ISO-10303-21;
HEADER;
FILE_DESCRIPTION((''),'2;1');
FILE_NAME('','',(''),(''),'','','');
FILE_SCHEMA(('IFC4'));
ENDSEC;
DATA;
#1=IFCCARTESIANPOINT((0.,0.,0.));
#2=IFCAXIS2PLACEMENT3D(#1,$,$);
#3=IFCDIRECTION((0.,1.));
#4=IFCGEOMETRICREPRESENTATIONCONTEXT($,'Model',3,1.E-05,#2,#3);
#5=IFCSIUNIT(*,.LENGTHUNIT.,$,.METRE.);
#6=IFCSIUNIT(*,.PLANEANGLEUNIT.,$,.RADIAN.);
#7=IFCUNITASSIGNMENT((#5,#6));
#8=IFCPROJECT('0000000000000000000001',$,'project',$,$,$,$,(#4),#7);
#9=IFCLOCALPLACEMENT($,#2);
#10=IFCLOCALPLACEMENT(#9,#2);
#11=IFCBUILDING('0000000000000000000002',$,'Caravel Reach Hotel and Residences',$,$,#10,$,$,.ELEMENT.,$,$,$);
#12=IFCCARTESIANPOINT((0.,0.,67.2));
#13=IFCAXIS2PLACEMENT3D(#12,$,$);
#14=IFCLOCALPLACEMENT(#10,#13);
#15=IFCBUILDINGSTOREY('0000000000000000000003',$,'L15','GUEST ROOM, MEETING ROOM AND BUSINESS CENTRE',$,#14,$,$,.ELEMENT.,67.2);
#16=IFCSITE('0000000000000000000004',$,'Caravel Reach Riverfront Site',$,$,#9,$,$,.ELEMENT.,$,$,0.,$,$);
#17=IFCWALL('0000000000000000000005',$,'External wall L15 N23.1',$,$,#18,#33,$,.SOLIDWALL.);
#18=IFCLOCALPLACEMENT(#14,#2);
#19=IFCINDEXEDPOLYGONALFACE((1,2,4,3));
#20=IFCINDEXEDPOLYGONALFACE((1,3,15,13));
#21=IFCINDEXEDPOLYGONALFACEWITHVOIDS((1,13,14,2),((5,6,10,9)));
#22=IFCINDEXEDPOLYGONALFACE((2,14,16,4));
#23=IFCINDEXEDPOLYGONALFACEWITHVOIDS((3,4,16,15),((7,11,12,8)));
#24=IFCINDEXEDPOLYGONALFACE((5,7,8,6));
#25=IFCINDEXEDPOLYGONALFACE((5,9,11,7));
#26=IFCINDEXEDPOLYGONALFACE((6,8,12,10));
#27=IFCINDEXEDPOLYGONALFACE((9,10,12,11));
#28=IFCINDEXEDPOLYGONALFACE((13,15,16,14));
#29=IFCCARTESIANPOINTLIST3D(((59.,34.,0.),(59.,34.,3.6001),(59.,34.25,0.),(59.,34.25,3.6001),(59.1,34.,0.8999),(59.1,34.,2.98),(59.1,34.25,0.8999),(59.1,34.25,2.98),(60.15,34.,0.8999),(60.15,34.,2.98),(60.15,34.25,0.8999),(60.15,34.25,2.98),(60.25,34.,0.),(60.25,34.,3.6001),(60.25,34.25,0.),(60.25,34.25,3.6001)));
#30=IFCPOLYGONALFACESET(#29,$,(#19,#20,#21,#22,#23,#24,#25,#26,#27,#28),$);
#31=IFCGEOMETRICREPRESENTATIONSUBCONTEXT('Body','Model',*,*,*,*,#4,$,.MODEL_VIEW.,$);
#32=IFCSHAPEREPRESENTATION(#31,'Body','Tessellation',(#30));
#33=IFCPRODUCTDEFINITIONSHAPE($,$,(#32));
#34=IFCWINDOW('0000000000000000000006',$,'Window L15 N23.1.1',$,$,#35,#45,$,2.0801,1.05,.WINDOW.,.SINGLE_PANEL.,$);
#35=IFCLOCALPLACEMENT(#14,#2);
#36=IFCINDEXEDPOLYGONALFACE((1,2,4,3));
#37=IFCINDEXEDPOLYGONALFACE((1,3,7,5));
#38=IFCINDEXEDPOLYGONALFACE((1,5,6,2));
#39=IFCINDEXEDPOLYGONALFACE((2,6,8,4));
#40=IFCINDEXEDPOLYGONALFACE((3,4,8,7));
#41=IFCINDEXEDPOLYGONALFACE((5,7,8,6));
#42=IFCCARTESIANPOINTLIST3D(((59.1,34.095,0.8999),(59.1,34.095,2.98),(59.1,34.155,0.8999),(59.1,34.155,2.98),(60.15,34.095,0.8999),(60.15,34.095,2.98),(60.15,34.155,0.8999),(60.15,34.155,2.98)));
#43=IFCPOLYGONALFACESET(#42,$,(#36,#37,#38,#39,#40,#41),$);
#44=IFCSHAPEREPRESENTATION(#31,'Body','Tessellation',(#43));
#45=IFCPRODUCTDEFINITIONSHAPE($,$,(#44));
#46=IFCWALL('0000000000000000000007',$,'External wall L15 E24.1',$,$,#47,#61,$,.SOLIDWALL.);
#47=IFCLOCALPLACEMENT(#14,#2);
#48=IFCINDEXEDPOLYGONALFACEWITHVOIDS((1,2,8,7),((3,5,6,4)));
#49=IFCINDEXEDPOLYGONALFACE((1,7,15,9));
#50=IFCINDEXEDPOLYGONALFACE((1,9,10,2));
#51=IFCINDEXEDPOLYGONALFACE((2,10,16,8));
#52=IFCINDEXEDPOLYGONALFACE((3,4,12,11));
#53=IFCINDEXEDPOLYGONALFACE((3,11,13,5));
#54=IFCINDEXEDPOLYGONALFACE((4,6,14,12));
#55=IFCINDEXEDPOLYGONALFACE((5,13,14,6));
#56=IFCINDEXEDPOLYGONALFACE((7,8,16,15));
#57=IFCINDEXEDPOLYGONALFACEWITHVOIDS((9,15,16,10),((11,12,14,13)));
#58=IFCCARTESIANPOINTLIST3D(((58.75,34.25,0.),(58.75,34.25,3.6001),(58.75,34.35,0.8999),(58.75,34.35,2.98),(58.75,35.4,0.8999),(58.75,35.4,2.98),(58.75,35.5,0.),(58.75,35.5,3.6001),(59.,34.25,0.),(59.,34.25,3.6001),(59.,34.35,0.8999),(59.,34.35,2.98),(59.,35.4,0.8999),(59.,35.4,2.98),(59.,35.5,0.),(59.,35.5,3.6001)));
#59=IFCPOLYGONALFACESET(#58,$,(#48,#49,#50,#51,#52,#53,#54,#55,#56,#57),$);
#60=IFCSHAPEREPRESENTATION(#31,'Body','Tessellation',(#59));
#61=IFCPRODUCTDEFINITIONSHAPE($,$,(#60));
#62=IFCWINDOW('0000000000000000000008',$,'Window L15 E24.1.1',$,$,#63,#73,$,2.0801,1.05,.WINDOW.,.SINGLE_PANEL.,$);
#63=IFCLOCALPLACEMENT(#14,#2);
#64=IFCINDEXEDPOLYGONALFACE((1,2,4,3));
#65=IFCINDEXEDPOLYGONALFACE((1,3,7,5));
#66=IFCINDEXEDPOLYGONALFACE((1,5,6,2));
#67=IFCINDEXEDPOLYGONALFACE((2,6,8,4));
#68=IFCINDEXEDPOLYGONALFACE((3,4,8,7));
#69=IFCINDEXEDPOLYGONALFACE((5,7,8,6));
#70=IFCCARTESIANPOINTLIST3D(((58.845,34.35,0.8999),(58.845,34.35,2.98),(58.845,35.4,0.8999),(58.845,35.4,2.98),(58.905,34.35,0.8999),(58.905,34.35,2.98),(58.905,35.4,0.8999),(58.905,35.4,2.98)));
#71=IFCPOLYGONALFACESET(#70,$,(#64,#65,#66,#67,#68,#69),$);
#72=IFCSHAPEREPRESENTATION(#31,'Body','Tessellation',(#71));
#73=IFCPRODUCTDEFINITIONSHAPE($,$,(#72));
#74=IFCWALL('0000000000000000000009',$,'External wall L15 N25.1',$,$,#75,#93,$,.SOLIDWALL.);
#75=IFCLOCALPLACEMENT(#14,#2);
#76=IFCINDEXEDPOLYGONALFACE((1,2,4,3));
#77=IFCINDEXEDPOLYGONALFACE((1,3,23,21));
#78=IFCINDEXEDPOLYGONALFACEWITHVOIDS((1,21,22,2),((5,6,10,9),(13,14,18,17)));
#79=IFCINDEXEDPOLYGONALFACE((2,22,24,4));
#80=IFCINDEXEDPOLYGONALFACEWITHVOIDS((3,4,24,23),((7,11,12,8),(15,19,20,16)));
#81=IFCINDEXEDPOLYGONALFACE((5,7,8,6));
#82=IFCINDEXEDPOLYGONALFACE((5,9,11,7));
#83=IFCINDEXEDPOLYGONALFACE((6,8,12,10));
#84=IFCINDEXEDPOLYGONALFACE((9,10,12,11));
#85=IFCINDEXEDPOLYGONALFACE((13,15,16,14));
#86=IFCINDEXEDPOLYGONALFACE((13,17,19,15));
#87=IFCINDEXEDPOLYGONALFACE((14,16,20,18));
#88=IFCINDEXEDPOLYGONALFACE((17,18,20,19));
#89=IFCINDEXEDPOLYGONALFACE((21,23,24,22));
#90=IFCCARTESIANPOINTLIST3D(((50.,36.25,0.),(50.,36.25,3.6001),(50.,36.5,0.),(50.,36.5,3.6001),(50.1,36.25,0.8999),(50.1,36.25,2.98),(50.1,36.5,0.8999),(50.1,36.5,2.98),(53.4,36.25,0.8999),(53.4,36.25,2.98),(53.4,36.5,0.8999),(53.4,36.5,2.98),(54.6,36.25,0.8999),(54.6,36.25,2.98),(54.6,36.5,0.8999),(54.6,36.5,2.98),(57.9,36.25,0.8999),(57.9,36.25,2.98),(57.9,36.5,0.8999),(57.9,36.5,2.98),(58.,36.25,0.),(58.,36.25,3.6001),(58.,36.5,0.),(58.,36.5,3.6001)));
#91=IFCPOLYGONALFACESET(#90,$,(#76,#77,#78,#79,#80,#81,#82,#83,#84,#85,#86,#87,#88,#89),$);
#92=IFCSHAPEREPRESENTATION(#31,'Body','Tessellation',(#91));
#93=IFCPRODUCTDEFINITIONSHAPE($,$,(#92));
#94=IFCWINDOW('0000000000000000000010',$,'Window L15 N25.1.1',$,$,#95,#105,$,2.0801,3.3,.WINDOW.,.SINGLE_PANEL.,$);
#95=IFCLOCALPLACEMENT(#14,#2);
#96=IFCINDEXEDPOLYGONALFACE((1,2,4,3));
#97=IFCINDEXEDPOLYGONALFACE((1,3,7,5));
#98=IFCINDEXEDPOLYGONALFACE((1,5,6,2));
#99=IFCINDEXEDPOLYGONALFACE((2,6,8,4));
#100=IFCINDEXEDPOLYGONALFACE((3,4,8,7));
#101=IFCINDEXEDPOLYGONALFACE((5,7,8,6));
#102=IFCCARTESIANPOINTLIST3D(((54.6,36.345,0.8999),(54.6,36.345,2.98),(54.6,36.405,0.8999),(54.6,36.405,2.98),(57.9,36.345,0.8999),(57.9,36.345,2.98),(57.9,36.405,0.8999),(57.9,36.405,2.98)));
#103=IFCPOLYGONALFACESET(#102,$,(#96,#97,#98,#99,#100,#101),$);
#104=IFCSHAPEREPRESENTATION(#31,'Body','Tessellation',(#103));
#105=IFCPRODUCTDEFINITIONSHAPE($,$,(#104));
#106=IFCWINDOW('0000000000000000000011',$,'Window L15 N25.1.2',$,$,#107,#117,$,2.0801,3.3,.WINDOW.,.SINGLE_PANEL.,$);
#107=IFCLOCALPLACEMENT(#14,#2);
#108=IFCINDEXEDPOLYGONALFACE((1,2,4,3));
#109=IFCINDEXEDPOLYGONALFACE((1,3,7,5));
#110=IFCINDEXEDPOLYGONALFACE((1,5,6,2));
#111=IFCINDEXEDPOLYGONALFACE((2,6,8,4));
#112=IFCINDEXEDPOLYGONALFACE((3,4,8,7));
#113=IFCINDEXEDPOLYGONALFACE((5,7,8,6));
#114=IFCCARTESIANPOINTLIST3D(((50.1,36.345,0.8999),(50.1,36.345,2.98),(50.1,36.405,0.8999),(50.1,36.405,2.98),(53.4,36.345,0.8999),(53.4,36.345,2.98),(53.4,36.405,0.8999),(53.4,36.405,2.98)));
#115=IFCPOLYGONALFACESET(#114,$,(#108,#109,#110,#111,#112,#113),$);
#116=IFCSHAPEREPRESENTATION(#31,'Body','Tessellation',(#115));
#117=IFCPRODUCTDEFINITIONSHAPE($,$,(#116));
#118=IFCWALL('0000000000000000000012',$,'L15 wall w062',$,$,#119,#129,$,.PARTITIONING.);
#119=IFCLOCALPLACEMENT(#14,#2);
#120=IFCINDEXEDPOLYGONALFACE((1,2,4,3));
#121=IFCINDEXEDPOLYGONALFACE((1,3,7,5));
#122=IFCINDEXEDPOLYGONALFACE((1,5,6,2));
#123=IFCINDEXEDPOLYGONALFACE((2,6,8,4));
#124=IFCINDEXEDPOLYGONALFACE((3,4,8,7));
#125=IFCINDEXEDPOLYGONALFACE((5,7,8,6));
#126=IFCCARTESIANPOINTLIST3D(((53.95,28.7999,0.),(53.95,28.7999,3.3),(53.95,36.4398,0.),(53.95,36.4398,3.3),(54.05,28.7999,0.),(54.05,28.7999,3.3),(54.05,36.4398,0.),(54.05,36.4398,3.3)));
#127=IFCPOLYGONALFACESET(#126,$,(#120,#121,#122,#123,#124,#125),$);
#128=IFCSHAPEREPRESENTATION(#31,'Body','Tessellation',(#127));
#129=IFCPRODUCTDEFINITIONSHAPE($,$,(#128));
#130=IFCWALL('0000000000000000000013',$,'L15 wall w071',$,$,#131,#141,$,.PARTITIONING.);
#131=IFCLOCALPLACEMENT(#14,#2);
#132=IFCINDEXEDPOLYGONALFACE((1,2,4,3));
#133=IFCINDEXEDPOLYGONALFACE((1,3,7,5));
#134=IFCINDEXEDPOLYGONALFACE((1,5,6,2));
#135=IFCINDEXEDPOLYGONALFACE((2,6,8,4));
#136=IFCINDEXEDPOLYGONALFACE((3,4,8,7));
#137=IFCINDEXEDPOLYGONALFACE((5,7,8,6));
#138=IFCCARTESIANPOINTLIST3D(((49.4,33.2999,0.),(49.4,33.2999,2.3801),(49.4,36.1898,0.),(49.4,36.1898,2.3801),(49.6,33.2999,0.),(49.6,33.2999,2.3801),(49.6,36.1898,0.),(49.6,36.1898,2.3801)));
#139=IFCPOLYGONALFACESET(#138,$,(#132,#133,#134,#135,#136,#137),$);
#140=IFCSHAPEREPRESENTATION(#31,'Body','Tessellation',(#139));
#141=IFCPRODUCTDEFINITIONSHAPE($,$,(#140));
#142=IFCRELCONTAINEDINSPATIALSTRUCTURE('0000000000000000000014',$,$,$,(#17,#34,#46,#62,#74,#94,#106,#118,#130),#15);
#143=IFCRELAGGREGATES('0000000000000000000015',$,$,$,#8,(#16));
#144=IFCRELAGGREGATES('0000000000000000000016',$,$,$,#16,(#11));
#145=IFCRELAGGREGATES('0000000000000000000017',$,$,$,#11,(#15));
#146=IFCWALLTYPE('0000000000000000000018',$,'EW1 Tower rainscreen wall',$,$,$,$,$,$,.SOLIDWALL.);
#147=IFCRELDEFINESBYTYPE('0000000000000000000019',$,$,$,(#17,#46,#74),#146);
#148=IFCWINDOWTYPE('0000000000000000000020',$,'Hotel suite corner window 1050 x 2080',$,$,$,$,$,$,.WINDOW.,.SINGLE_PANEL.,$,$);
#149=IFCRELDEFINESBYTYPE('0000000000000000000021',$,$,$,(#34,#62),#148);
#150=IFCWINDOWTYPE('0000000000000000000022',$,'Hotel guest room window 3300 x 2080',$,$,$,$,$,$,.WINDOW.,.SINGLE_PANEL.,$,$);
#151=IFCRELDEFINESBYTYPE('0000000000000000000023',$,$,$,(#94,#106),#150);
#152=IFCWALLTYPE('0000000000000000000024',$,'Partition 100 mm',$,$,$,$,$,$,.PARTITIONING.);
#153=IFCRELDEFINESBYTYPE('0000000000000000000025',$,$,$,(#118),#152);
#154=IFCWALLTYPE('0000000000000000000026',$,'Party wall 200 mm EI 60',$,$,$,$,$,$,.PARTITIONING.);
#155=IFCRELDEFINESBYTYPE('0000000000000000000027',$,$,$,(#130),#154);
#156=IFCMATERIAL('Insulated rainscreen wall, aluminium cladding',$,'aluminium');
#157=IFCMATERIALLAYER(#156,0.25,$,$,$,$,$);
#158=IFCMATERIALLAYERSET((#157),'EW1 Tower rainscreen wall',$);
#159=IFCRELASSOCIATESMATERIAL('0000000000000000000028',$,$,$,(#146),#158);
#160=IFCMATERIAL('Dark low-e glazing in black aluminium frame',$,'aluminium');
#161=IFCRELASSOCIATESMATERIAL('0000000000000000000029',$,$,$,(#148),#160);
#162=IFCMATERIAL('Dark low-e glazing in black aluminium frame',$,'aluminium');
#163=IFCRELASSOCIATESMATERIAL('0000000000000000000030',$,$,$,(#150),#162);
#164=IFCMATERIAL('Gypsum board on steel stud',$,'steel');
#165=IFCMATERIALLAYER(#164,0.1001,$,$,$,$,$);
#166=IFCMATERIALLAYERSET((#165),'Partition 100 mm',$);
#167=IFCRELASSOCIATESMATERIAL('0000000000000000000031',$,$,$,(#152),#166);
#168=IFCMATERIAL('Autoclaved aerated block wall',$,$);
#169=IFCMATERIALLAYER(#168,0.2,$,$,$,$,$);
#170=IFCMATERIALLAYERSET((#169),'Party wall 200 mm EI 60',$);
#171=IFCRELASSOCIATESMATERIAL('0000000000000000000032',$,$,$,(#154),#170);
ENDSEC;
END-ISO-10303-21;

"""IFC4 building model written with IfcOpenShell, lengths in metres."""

from ifc_helpers import new_model, si_unit, direction, frame, frame_2d, origin, place, context, subcontext, project, spatial, rectangle, extrude, material, layer, layer_set, type_object, element, fill, save


model = new_model("IFC4")

# Units and contexts
model_context = context("Model", 3, precision=1e-05, world=origin(), true_north=direction((0.0, 1.0)))
body_context = subcontext(model_context, "Body", "Model", "MODEL_VIEW")
ifc_project = project(units=[si_unit("LENGTHUNIT", "METRE"), si_unit("PLANEANGLEUNIT", "RADIAN")], contexts=[model_context])

# Site, building, storey
site_placement = place(None, origin())
site = spatial("IfcSite", under=ifc_project, at=site_placement, Name="Caravel Reach Riverfront Site", CompositionType="ELEMENT", RefElevation=0.0)
building_placement = place(site_placement, origin())
building = spatial("IfcBuilding", under=site, at=building_placement, Name="Caravel Reach Hotel and Residences", CompositionType="ELEMENT")
storey_placement = place(building_placement, frame((0.0, 0.0, 67.2)))
storey = spatial("IfcBuildingStorey", under=building, at=storey_placement, Name="L15", Description="GUEST ROOM, MEETING ROOM AND BUSINESS CENTRE", CompositionType="ELEMENT", Elevation=67.2)

# Walls, openings, windows
ifc_material_1 = material(Name="Insulated rainscreen wall, aluminium cladding", Category="aluminium")
ifc_layer_1 = layer(ifc_material_1, 0.25)
ifc_layer_set_1 = layer_set([ifc_layer_1], Name="EW1 Tower rainscreen wall")
wall_type_1 = type_object("IfcWallType", Name="EW1 Tower rainscreen wall", PredefinedType="SOLIDWALL", material=ifc_layer_set_1)
ifc_material_2 = material(Name="Dark low-e glazing in black aluminium frame", Category="aluminium")
window_type_1 = type_object("IfcWindowType", Name="Hotel suite corner window 1050 x 2080", PartitioningType="SINGLE_PANEL", PredefinedType="WINDOW", material=ifc_material_2)
wall_1_placement = place(storey_placement, frame((60.25, 34.125, 0.0), z_axis=(0.0, 0.0, 1.0), x_axis=(-1.0, 0.0, 0.0)))
wall_1 = element("IfcWall", 1, at=wall_1_placement, inside=storey, type_object=wall_type_1, Name="External wall L15 N23.1", PredefinedType="SOLIDWALL", context=body_context, shape_type="SweptSolid", body=[
    extrude(rectangle(XDim=1.25, YDim=0.25, at=frame_2d((0.625, 0.0))), origin(), (0.0, 0.0, 1.0), 3.6001),
])
opening_1_placement = place(wall_1_placement, frame((0.1001, 0.0, 0.8999)))
opening_1 = element("IfcOpeningElement", 2, at=opening_1_placement, cuts=wall_1, PredefinedType="OPENING", context=body_context, shape_type="SweptSolid", body=[
    extrude(rectangle(XDim=1.05, YDim=2.0801, at=frame_2d((0.5249, 1.04))), frame((0.0, 0.135, 0.0), z_axis=(0.0, -1.0, 0.0), x_axis=(1.0, 0.0, 0.0)), (0.0, 0.0, 1.0), 0.27),
])
window_1_placement = place(opening_1_placement, origin())
window_1 = element("IfcWindow", 3, at=window_1_placement, inside=storey, type_object=window_type_1, Name="Window L15 N23.1.1", OverallHeight=2.0801, OverallWidth=1.05, PartitioningType="SINGLE_PANEL", PredefinedType="WINDOW", context=body_context, shape_type="SweptSolid", body=[
    extrude(rectangle(XDim=1.05, YDim=2.0801, at=frame_2d((0.5249, 1.04))), frame((0.0, 0.03, 0.0), z_axis=(0.0, -1.0, 0.0), x_axis=(1.0, 0.0, 0.0)), (0.0, 0.0, 1.0), 0.0601),
])
fill(opening_1, window_1)
wall_2_placement = place(storey_placement, frame((58.875, 34.25, 0.0), z_axis=(0.0, 0.0, 1.0), x_axis=(0.0, 1.0, 0.0)))
wall_2 = element("IfcWall", 4, at=wall_2_placement, inside=storey, type_object=wall_type_1, Name="External wall L15 E24.1", PredefinedType="SOLIDWALL", context=body_context, shape_type="SweptSolid", body=[
    extrude(rectangle(XDim=1.25, YDim=0.25, at=frame_2d((0.625, 0.0))), origin(), (0.0, 0.0, 1.0), 3.6001),
])
opening_2_placement = place(wall_2_placement, frame((0.1001, 0.0, 0.8999)))
opening_2 = element("IfcOpeningElement", 5, at=opening_2_placement, cuts=wall_2, PredefinedType="OPENING", context=body_context, shape_type="SweptSolid", body=[
    extrude(rectangle(XDim=1.05, YDim=2.0801, at=frame_2d((0.5249, 1.04))), frame((0.0, 0.135, 0.0), z_axis=(0.0, -1.0, 0.0), x_axis=(1.0, 0.0, 0.0)), (0.0, 0.0, 1.0), 0.27),
])
window_2_placement = place(opening_2_placement, origin())
window_2 = element("IfcWindow", 6, at=window_2_placement, inside=storey, type_object=window_type_1, Name="Window L15 E24.1.1", OverallHeight=2.0801, OverallWidth=1.05, PartitioningType="SINGLE_PANEL", PredefinedType="WINDOW", context=body_context, shape_type="SweptSolid", body=[
    extrude(rectangle(XDim=1.05, YDim=2.0801, at=frame_2d((0.5249, 1.04))), frame((0.0, 0.03, 0.0), z_axis=(0.0, -1.0, 0.0), x_axis=(1.0, 0.0, 0.0)), (0.0, 0.0, 1.0), 0.0601),
])
fill(opening_2, window_2)

# Wall, openings, windows
wall_3_placement = place(storey_placement, frame((58.0, 36.375, 0.0), z_axis=(0.0, 0.0, 1.0), x_axis=(-1.0, 0.0, 0.0)))
wall_3 = element("IfcWall", 7, at=wall_3_placement, inside=storey, type_object=wall_type_1, Name="External wall L15 N25.1", PredefinedType="SOLIDWALL", context=body_context, shape_type="SweptSolid", body=[
    extrude(rectangle(XDim=8.0, YDim=0.25, at=frame_2d((4.0, 0.0))), origin(), (0.0, 0.0, 1.0), 3.6001),
])
opening_3_placement = place(wall_3_placement, frame((0.1001, 0.0, 0.8999)))
opening_3 = element("IfcOpeningElement", 8, at=opening_3_placement, cuts=wall_3, PredefinedType="OPENING", context=body_context, shape_type="SweptSolid", body=[
    extrude(rectangle(XDim=3.3, YDim=2.0801, at=frame_2d((1.6499, 1.04))), frame((0.0, 0.135, 0.0), z_axis=(0.0, -1.0, 0.0), x_axis=(1.0, 0.0, 0.0)), (0.0, 0.0, 1.0), 0.27),
])
opening_4_placement = place(wall_3_placement, frame((4.6001, 0.0, 0.8999)))
opening_4 = element("IfcOpeningElement", 9, at=opening_4_placement, cuts=wall_3, PredefinedType="OPENING", context=body_context, shape_type="SweptSolid", body=[
    extrude(rectangle(XDim=3.3, YDim=2.0801, at=frame_2d((1.6499, 1.04))), frame((0.0, 0.135, 0.0), z_axis=(0.0, -1.0, 0.0), x_axis=(1.0, 0.0, 0.0)), (0.0, 0.0, 1.0), 0.27),
])
ifc_material_3 = material(Name="Dark low-e glazing in black aluminium frame", Category="aluminium")
window_type_2 = type_object("IfcWindowType", Name="Hotel guest room window 3300 x 2080", PartitioningType="SINGLE_PANEL", PredefinedType="WINDOW", material=ifc_material_3)
window_3_placement = place(opening_3_placement, origin())
window_3 = element("IfcWindow", 10, at=window_3_placement, inside=storey, type_object=window_type_2, Name="Window L15 N25.1.1", OverallHeight=2.0801, OverallWidth=3.3, PartitioningType="SINGLE_PANEL", PredefinedType="WINDOW", context=body_context, shape_type="SweptSolid", body=[
    extrude(rectangle(XDim=3.3, YDim=2.0801, at=frame_2d((1.6499, 1.04))), frame((0.0, 0.03, 0.0), z_axis=(0.0, -1.0, 0.0), x_axis=(1.0, 0.0, 0.0)), (0.0, 0.0, 1.0), 0.0601),
])
fill(opening_3, window_3)
window_4_placement = place(opening_4_placement, origin())
window_4 = element("IfcWindow", 11, at=window_4_placement, inside=storey, type_object=window_type_2, Name="Window L15 N25.1.2", OverallHeight=2.0801, OverallWidth=3.3, PartitioningType="SINGLE_PANEL", PredefinedType="WINDOW", context=body_context, shape_type="SweptSolid", body=[
    extrude(rectangle(XDim=3.3, YDim=2.0801, at=frame_2d((1.6499, 1.04))), frame((0.0, 0.03, 0.0), z_axis=(0.0, -1.0, 0.0), x_axis=(1.0, 0.0, 0.0)), (0.0, 0.0, 1.0), 0.0601),
])
fill(opening_4, window_4)

# Walls
ifc_material_4 = material(Name="Gypsum board on steel stud", Category="steel")
ifc_layer_2 = layer(ifc_material_4, 0.1001)
ifc_layer_set_2 = layer_set([ifc_layer_2], Name="Partition 100 mm")
wall_type_2 = type_object("IfcWallType", Name="Partition 100 mm", PredefinedType="PARTITIONING", material=ifc_layer_set_2)
wall_4_placement = place(storey_placement, frame((54.0, 28.8, 0.0), z_axis=(0.0, 0.0, 1.0), x_axis=(0.0, 1.0, 0.0)))
element("IfcWall", 12, at=wall_4_placement, inside=storey, type_object=wall_type_2, Name="L15 wall w062", PredefinedType="PARTITIONING", context=body_context, shape_type="SweptSolid", body=[
    extrude(rectangle(XDim=7.6399, YDim=0.1001, at=frame_2d((3.8198, 0.0))), origin(), (0.0, 0.0, 1.0), 3.3),
])
ifc_material_5 = material(Name="Autoclaved aerated block wall")
ifc_layer_3 = layer(ifc_material_5, 0.2)
ifc_layer_set_3 = layer_set([ifc_layer_3], Name="Party wall 200 mm EI 60")
wall_type_3 = type_object("IfcWallType", Name="Party wall 200 mm EI 60", PredefinedType="PARTITIONING", material=ifc_layer_set_3)
wall_5_placement = place(storey_placement, frame((49.5, 33.3, 0.0), z_axis=(0.0, 0.0, 1.0), x_axis=(0.0, 1.0, 0.0)))
element("IfcWall", 13, at=wall_5_placement, inside=storey, type_object=wall_type_3, Name="L15 wall w071", PredefinedType="PARTITIONING", context=body_context, shape_type="SweptSolid", body=[
    extrude(rectangle(XDim=2.8899, YDim=0.2, at=frame_2d((1.4448, 0.0))), origin(), (0.0, 0.0, 1.0), 2.3801),
])

save(model, "model.ifc")
